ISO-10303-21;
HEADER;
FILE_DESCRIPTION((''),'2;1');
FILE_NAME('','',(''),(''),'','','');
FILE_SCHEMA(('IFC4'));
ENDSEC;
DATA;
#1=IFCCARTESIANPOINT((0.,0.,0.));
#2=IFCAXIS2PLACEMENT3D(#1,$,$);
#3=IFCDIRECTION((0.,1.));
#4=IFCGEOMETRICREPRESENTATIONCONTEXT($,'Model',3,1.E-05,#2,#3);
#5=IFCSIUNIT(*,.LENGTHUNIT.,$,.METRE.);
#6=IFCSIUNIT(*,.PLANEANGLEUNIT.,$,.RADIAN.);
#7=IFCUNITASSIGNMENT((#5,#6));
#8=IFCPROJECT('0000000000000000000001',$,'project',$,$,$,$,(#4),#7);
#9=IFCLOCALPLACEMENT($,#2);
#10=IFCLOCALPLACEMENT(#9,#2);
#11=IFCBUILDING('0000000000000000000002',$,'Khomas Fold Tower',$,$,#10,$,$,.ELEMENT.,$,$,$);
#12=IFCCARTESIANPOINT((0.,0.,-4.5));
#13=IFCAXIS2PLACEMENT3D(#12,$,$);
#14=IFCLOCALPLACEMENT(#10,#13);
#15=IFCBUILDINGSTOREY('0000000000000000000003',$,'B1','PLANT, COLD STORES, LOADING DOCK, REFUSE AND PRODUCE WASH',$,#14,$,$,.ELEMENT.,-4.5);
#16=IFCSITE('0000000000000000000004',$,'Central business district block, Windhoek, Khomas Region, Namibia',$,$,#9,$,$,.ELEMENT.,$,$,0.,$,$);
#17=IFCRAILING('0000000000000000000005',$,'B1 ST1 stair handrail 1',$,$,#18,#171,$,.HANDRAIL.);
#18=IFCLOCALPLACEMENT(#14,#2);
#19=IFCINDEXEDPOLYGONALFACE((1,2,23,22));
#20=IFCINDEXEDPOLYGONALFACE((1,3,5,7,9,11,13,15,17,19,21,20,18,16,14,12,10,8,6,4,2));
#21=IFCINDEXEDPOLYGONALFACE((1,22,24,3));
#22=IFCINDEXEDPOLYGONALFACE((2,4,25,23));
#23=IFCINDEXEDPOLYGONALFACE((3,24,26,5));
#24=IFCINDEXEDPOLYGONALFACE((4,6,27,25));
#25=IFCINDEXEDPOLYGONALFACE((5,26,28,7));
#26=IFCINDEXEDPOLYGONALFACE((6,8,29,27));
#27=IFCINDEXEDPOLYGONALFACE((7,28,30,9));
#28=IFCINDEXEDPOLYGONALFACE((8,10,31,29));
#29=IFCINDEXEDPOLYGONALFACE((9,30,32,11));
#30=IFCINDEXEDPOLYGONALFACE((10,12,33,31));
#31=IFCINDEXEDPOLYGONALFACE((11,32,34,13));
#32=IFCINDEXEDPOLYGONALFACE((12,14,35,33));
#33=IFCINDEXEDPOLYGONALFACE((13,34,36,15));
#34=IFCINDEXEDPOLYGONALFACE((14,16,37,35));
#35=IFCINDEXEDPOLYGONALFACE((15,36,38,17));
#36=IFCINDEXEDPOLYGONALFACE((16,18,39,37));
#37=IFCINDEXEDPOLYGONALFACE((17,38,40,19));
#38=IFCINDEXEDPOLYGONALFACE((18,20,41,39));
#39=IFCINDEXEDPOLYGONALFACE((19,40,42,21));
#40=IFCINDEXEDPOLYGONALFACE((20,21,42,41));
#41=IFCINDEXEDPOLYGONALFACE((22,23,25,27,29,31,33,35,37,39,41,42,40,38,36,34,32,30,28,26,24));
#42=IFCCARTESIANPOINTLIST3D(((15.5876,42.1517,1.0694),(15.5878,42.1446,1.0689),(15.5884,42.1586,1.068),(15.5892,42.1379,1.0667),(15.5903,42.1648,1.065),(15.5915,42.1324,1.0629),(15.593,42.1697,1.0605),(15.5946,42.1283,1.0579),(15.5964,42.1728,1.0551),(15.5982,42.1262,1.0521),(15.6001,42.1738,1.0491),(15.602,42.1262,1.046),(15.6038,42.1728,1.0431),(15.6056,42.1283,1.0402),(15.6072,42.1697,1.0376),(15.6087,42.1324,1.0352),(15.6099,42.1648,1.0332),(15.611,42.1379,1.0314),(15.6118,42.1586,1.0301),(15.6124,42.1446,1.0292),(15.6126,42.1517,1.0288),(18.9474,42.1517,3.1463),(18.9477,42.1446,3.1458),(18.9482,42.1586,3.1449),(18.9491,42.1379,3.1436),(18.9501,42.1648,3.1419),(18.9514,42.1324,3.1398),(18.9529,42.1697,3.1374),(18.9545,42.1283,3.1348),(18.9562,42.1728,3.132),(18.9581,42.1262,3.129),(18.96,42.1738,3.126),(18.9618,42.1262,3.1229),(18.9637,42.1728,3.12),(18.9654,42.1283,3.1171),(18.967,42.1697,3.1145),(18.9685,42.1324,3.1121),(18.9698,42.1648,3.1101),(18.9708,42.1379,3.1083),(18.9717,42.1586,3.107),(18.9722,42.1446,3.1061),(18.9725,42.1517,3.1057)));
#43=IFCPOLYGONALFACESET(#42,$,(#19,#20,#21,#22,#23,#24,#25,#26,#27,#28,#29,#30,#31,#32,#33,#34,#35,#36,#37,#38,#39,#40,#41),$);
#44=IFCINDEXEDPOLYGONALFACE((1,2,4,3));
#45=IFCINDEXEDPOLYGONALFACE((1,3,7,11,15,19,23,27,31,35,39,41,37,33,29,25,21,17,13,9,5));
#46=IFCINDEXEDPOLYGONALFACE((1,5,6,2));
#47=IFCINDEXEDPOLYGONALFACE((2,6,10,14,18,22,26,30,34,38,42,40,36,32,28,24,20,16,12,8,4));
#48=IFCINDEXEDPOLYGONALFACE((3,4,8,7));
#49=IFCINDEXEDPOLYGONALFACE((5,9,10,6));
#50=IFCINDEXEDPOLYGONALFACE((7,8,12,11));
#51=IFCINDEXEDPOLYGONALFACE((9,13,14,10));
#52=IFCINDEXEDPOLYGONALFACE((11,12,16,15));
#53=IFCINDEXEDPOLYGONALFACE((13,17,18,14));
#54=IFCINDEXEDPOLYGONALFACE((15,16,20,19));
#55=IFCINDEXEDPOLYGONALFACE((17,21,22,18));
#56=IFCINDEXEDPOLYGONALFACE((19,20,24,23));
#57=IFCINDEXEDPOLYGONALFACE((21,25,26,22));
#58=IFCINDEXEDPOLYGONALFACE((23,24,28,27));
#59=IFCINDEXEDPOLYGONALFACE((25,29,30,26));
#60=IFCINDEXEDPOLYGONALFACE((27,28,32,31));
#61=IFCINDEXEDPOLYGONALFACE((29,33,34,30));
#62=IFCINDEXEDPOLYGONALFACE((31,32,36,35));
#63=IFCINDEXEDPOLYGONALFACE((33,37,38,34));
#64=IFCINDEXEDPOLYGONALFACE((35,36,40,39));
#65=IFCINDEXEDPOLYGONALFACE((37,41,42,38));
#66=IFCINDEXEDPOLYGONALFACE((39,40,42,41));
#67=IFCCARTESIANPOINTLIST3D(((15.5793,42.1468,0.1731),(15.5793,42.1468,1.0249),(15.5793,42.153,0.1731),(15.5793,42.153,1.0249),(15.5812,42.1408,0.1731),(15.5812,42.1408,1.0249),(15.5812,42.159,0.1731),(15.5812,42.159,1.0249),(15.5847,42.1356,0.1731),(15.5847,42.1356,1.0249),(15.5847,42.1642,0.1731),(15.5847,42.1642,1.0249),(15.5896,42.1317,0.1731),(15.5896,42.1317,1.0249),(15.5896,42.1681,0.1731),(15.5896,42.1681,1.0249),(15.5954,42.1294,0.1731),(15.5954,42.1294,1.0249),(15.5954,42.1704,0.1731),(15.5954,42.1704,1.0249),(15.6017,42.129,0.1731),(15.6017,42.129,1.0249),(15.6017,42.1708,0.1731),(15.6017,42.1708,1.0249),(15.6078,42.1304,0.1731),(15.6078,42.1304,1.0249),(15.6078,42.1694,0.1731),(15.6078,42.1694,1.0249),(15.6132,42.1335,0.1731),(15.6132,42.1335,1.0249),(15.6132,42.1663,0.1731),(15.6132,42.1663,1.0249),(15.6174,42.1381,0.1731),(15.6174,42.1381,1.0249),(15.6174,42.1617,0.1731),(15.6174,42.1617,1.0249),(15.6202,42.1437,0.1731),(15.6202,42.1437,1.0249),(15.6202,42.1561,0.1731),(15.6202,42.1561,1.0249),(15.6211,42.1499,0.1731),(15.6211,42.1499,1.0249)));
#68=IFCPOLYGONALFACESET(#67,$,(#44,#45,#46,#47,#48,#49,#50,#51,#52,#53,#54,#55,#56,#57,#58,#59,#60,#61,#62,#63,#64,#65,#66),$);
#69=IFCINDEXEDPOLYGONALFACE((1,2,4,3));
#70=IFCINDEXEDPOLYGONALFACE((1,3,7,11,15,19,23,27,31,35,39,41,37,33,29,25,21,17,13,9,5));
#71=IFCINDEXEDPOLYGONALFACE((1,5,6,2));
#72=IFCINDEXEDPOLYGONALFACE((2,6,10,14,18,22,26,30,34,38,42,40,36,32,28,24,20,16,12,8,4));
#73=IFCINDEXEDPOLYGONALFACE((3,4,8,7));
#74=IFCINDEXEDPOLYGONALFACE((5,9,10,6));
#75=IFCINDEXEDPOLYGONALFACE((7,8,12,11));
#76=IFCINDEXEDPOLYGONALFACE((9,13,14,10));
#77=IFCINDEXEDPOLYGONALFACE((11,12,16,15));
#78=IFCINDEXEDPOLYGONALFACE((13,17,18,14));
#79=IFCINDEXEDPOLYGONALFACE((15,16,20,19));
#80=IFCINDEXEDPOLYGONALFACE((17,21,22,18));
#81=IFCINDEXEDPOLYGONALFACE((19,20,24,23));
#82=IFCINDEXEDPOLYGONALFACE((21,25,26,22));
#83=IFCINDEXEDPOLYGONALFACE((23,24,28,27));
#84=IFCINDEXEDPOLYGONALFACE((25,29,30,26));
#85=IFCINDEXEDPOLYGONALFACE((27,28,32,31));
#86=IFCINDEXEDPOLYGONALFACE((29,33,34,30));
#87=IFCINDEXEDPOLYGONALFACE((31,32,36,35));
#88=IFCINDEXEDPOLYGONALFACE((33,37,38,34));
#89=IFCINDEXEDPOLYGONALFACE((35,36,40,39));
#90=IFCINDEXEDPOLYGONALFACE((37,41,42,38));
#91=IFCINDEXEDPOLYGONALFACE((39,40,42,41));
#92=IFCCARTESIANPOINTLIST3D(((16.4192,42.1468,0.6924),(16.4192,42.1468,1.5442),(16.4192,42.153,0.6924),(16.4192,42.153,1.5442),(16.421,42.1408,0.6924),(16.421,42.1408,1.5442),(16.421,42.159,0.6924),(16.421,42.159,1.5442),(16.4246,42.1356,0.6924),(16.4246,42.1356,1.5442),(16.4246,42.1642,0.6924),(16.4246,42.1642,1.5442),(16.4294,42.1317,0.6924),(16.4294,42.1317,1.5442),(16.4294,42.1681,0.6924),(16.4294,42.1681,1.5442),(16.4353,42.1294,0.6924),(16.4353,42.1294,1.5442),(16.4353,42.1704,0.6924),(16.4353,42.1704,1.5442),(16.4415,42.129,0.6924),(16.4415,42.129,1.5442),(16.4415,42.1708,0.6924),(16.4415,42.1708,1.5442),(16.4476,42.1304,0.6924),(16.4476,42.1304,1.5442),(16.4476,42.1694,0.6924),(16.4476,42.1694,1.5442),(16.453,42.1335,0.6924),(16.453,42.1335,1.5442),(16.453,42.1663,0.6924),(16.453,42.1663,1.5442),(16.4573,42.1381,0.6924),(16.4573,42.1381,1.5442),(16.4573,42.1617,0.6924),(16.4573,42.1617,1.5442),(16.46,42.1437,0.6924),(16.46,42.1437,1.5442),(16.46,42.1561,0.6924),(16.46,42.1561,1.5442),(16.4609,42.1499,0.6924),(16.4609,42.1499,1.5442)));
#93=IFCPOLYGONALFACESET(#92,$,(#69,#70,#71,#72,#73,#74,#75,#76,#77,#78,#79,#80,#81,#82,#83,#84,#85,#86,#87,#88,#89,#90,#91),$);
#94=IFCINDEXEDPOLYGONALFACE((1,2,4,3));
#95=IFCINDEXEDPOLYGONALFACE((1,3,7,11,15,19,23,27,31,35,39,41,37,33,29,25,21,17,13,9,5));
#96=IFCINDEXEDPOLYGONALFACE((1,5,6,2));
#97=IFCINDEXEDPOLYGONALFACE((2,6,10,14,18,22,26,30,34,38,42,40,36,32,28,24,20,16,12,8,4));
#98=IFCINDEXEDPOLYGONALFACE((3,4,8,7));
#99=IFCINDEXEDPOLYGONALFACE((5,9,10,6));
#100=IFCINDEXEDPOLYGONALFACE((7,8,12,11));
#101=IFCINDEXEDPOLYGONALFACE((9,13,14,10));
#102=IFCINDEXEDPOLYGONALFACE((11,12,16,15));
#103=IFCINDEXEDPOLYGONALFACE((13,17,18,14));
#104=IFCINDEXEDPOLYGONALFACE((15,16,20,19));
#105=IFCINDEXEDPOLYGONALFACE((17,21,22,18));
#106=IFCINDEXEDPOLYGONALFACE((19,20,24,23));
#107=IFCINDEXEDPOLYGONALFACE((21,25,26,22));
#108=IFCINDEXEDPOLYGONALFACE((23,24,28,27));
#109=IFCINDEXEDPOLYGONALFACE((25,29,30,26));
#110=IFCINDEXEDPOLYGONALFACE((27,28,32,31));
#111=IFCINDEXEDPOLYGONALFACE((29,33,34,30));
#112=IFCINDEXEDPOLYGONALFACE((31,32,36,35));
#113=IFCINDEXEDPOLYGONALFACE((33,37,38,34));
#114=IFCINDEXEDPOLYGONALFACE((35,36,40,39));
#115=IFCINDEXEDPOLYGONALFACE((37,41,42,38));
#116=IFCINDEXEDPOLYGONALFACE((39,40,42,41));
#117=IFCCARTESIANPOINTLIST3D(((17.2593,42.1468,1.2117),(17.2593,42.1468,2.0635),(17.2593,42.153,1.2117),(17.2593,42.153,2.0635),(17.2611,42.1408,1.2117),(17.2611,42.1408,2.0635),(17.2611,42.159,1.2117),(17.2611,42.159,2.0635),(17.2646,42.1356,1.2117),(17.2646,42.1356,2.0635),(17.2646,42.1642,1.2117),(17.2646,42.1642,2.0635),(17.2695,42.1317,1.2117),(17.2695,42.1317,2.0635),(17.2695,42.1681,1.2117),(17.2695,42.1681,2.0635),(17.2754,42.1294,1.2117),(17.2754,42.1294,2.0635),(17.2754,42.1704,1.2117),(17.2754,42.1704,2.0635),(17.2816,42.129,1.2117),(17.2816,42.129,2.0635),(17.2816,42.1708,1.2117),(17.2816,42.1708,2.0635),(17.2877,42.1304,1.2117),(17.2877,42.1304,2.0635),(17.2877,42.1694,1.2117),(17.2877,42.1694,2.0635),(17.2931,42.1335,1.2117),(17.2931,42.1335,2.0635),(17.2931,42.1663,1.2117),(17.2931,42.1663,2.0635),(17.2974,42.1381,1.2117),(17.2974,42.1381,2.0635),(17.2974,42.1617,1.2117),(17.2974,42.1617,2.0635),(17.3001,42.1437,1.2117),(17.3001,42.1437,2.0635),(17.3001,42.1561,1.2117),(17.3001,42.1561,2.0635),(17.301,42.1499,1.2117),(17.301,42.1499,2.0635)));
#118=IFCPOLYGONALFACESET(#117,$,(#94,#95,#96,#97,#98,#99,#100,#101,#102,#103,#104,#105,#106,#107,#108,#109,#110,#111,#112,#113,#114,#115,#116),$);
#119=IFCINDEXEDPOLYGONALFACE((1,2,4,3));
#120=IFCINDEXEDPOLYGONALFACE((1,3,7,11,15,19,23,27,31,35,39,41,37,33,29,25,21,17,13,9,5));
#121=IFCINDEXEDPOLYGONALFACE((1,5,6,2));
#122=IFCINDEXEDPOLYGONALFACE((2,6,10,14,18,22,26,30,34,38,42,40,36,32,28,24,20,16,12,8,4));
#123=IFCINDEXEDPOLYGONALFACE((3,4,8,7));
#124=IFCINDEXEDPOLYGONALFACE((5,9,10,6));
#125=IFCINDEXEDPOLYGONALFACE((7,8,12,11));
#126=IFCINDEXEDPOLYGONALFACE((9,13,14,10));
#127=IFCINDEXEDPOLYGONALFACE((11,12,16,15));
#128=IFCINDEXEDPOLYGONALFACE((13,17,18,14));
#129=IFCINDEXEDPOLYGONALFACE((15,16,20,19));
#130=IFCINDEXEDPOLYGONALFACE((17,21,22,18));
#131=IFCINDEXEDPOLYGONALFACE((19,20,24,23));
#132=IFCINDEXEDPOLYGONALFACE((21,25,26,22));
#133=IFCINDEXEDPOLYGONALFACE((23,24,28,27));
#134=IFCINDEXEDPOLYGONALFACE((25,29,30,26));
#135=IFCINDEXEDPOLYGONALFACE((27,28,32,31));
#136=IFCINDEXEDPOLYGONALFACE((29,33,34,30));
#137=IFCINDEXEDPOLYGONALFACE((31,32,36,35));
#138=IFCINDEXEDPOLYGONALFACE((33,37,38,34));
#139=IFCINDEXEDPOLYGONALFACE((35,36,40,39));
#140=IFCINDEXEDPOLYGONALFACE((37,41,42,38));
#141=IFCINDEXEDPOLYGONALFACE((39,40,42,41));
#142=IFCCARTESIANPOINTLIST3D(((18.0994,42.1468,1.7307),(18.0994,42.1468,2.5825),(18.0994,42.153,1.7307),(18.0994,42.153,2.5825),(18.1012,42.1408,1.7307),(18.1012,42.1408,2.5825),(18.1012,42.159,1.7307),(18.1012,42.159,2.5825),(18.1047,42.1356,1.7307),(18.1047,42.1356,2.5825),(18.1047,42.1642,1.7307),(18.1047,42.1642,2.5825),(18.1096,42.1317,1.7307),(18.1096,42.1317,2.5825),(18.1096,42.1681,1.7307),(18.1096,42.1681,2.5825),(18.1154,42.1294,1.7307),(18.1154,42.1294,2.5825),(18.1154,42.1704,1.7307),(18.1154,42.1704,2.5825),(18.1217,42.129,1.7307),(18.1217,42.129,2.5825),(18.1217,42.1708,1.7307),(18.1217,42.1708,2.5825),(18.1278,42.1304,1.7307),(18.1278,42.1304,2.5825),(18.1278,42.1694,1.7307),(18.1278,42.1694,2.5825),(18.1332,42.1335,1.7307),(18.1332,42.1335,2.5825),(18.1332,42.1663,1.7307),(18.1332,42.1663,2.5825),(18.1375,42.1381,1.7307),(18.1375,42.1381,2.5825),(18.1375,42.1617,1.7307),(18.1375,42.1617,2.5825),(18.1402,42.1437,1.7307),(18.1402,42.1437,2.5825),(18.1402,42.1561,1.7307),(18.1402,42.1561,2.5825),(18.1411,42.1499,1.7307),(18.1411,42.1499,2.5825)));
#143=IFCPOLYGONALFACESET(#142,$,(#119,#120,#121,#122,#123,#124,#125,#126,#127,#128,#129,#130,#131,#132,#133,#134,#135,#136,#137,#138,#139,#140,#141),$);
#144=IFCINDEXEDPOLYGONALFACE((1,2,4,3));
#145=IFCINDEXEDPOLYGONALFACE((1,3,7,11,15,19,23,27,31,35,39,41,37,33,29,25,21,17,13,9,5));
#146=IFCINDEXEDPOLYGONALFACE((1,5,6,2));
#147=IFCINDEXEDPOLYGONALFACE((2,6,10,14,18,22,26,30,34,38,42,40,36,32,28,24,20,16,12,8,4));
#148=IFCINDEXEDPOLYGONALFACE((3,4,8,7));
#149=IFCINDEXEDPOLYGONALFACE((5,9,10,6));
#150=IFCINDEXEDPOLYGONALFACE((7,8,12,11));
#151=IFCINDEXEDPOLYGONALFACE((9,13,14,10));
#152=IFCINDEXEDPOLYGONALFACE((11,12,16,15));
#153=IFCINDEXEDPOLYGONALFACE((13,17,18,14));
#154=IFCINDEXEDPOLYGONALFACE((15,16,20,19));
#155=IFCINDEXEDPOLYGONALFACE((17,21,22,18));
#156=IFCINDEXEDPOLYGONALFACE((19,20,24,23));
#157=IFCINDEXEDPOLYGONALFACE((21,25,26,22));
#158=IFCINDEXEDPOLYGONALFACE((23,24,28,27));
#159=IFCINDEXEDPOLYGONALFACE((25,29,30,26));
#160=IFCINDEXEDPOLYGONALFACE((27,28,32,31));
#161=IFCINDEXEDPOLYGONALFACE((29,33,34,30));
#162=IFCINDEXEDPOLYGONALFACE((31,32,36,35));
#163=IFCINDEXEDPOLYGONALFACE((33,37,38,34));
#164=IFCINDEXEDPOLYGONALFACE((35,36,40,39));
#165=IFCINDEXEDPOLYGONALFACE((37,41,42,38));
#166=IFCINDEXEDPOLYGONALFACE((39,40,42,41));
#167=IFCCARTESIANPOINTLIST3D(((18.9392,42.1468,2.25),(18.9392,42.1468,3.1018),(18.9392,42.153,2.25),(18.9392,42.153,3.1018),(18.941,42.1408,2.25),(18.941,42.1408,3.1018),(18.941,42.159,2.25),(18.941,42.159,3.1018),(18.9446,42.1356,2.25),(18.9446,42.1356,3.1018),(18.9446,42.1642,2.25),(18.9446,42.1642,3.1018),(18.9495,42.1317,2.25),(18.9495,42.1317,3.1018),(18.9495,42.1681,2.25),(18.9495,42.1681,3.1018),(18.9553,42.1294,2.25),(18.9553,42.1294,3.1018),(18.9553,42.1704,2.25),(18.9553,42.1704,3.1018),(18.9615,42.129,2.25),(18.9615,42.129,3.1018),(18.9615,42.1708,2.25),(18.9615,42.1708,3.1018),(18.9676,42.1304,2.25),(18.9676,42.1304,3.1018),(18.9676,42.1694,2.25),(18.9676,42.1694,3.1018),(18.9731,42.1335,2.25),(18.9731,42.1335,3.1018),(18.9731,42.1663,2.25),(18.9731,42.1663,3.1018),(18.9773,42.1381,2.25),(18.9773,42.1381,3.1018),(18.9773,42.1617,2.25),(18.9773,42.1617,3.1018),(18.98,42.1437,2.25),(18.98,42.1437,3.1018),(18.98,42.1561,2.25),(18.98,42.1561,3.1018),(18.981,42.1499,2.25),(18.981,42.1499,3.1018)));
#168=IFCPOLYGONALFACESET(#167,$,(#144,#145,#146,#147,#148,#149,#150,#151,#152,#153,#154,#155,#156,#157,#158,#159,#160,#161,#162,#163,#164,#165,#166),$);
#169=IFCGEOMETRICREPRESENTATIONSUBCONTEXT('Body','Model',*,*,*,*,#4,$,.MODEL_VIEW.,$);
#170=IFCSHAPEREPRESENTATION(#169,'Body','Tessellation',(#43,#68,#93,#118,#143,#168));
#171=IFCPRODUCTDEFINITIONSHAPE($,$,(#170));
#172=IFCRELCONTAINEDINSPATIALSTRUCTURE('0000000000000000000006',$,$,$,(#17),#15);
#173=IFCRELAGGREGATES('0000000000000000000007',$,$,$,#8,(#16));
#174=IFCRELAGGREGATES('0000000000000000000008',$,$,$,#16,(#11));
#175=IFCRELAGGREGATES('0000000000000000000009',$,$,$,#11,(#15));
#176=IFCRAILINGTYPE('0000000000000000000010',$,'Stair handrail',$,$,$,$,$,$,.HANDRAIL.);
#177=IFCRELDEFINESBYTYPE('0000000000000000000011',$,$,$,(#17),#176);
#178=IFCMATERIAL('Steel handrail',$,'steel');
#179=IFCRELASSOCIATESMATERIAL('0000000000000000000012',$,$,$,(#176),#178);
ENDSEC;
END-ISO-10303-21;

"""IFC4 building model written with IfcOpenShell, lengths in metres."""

from ifc_helpers import new_model, si_unit, direction, frame, origin, origin_2d, place, context, subcontext, project, spatial, circle, extrude, source, transform, mapped, material, type_object, element, save


model = new_model("IFC4")

# Units and contexts
model_context = context("Model", 3, precision=1e-05, world=origin(), true_north=direction((0.0, 1.0)))
body_context = subcontext(model_context, "Body", "Model", "MODEL_VIEW")
ifc_project = project(units=[si_unit("LENGTHUNIT", "METRE"), si_unit("PLANEANGLEUNIT", "RADIAN")], contexts=[model_context])

# Site, building, storey
site_placement = place(None, origin())
site = spatial("IfcSite", under=ifc_project, at=site_placement, Name="Central business district block, Windhoek, Khomas Region, Namibia", CompositionType="ELEMENT", RefElevation=0.0)
building_placement = place(site_placement, origin())
building = spatial("IfcBuilding", under=site, at=building_placement, Name="Khomas Fold Tower", CompositionType="ELEMENT")
storey_placement = place(building_placement, frame((0.0, 0.0, -4.5)))
storey = spatial("IfcBuildingStorey", under=building, at=storey_placement, Name="B1", Description="PLANT, COLD STORES, LOADING DOCK, REFUSE AND PRODUCE WASH", CompositionType="ELEMENT", Elevation=-4.5)

# Railing
ifc_material_1 = material(Name="Steel handrail", Category="steel")
railing_type_1 = type_object("IfcRailingType", Name="Stair handrail", PredefinedType="HANDRAIL", material=ifc_material_1)
shared_shape_1 = source(origin(), body_context, "Body", "SweptSolid", [
    extrude(circle(Radius=0.0239, at=origin_2d()), frame((0.0, 0.0, 0.876), z_axis=(0.850606, 0.0, 0.525803), x_axis=(0.0, 1.0, 0.0)), (0.0, 0.0, 1.0), 3.95),
    extrude(circle(Radius=0.021, at=origin_2d()), origin(), (0.0, 0.0, 1.0), 0.8518),
    extrude(circle(Radius=0.021, at=origin_2d()), frame((0.8398, 0.0, 0.5193)), (0.0, 0.0, 1.0), 0.8518),
    extrude(circle(Radius=0.021, at=origin_2d()), frame((1.6799, 0.0, 1.0386)), (0.0, 0.0, 1.0), 0.8518),
    extrude(circle(Radius=0.021, at=origin_2d()), frame((2.52, 0.0, 1.5576)), (0.0, 0.0, 1.0), 0.8518),
    extrude(circle(Radius=0.021, at=origin_2d()), frame((3.3599, 0.0, 2.0769)), (0.0, 0.0, 1.0), 0.8518),
])
railing_1_placement = place(storey_placement, frame((15.6001, 42.1499, 0.1731)))
element("IfcRailing", 1, at=railing_1_placement, inside=storey, type_object=railing_type_1, Name="B1 ST1 stair handrail 1", PredefinedType="HANDRAIL", context=body_context, shape_type="MappedRepresentation", body=[
    mapped(shared_shape_1, transform((0.0, 0.0, 0.0))),
])

save(model, "model.ifc")
